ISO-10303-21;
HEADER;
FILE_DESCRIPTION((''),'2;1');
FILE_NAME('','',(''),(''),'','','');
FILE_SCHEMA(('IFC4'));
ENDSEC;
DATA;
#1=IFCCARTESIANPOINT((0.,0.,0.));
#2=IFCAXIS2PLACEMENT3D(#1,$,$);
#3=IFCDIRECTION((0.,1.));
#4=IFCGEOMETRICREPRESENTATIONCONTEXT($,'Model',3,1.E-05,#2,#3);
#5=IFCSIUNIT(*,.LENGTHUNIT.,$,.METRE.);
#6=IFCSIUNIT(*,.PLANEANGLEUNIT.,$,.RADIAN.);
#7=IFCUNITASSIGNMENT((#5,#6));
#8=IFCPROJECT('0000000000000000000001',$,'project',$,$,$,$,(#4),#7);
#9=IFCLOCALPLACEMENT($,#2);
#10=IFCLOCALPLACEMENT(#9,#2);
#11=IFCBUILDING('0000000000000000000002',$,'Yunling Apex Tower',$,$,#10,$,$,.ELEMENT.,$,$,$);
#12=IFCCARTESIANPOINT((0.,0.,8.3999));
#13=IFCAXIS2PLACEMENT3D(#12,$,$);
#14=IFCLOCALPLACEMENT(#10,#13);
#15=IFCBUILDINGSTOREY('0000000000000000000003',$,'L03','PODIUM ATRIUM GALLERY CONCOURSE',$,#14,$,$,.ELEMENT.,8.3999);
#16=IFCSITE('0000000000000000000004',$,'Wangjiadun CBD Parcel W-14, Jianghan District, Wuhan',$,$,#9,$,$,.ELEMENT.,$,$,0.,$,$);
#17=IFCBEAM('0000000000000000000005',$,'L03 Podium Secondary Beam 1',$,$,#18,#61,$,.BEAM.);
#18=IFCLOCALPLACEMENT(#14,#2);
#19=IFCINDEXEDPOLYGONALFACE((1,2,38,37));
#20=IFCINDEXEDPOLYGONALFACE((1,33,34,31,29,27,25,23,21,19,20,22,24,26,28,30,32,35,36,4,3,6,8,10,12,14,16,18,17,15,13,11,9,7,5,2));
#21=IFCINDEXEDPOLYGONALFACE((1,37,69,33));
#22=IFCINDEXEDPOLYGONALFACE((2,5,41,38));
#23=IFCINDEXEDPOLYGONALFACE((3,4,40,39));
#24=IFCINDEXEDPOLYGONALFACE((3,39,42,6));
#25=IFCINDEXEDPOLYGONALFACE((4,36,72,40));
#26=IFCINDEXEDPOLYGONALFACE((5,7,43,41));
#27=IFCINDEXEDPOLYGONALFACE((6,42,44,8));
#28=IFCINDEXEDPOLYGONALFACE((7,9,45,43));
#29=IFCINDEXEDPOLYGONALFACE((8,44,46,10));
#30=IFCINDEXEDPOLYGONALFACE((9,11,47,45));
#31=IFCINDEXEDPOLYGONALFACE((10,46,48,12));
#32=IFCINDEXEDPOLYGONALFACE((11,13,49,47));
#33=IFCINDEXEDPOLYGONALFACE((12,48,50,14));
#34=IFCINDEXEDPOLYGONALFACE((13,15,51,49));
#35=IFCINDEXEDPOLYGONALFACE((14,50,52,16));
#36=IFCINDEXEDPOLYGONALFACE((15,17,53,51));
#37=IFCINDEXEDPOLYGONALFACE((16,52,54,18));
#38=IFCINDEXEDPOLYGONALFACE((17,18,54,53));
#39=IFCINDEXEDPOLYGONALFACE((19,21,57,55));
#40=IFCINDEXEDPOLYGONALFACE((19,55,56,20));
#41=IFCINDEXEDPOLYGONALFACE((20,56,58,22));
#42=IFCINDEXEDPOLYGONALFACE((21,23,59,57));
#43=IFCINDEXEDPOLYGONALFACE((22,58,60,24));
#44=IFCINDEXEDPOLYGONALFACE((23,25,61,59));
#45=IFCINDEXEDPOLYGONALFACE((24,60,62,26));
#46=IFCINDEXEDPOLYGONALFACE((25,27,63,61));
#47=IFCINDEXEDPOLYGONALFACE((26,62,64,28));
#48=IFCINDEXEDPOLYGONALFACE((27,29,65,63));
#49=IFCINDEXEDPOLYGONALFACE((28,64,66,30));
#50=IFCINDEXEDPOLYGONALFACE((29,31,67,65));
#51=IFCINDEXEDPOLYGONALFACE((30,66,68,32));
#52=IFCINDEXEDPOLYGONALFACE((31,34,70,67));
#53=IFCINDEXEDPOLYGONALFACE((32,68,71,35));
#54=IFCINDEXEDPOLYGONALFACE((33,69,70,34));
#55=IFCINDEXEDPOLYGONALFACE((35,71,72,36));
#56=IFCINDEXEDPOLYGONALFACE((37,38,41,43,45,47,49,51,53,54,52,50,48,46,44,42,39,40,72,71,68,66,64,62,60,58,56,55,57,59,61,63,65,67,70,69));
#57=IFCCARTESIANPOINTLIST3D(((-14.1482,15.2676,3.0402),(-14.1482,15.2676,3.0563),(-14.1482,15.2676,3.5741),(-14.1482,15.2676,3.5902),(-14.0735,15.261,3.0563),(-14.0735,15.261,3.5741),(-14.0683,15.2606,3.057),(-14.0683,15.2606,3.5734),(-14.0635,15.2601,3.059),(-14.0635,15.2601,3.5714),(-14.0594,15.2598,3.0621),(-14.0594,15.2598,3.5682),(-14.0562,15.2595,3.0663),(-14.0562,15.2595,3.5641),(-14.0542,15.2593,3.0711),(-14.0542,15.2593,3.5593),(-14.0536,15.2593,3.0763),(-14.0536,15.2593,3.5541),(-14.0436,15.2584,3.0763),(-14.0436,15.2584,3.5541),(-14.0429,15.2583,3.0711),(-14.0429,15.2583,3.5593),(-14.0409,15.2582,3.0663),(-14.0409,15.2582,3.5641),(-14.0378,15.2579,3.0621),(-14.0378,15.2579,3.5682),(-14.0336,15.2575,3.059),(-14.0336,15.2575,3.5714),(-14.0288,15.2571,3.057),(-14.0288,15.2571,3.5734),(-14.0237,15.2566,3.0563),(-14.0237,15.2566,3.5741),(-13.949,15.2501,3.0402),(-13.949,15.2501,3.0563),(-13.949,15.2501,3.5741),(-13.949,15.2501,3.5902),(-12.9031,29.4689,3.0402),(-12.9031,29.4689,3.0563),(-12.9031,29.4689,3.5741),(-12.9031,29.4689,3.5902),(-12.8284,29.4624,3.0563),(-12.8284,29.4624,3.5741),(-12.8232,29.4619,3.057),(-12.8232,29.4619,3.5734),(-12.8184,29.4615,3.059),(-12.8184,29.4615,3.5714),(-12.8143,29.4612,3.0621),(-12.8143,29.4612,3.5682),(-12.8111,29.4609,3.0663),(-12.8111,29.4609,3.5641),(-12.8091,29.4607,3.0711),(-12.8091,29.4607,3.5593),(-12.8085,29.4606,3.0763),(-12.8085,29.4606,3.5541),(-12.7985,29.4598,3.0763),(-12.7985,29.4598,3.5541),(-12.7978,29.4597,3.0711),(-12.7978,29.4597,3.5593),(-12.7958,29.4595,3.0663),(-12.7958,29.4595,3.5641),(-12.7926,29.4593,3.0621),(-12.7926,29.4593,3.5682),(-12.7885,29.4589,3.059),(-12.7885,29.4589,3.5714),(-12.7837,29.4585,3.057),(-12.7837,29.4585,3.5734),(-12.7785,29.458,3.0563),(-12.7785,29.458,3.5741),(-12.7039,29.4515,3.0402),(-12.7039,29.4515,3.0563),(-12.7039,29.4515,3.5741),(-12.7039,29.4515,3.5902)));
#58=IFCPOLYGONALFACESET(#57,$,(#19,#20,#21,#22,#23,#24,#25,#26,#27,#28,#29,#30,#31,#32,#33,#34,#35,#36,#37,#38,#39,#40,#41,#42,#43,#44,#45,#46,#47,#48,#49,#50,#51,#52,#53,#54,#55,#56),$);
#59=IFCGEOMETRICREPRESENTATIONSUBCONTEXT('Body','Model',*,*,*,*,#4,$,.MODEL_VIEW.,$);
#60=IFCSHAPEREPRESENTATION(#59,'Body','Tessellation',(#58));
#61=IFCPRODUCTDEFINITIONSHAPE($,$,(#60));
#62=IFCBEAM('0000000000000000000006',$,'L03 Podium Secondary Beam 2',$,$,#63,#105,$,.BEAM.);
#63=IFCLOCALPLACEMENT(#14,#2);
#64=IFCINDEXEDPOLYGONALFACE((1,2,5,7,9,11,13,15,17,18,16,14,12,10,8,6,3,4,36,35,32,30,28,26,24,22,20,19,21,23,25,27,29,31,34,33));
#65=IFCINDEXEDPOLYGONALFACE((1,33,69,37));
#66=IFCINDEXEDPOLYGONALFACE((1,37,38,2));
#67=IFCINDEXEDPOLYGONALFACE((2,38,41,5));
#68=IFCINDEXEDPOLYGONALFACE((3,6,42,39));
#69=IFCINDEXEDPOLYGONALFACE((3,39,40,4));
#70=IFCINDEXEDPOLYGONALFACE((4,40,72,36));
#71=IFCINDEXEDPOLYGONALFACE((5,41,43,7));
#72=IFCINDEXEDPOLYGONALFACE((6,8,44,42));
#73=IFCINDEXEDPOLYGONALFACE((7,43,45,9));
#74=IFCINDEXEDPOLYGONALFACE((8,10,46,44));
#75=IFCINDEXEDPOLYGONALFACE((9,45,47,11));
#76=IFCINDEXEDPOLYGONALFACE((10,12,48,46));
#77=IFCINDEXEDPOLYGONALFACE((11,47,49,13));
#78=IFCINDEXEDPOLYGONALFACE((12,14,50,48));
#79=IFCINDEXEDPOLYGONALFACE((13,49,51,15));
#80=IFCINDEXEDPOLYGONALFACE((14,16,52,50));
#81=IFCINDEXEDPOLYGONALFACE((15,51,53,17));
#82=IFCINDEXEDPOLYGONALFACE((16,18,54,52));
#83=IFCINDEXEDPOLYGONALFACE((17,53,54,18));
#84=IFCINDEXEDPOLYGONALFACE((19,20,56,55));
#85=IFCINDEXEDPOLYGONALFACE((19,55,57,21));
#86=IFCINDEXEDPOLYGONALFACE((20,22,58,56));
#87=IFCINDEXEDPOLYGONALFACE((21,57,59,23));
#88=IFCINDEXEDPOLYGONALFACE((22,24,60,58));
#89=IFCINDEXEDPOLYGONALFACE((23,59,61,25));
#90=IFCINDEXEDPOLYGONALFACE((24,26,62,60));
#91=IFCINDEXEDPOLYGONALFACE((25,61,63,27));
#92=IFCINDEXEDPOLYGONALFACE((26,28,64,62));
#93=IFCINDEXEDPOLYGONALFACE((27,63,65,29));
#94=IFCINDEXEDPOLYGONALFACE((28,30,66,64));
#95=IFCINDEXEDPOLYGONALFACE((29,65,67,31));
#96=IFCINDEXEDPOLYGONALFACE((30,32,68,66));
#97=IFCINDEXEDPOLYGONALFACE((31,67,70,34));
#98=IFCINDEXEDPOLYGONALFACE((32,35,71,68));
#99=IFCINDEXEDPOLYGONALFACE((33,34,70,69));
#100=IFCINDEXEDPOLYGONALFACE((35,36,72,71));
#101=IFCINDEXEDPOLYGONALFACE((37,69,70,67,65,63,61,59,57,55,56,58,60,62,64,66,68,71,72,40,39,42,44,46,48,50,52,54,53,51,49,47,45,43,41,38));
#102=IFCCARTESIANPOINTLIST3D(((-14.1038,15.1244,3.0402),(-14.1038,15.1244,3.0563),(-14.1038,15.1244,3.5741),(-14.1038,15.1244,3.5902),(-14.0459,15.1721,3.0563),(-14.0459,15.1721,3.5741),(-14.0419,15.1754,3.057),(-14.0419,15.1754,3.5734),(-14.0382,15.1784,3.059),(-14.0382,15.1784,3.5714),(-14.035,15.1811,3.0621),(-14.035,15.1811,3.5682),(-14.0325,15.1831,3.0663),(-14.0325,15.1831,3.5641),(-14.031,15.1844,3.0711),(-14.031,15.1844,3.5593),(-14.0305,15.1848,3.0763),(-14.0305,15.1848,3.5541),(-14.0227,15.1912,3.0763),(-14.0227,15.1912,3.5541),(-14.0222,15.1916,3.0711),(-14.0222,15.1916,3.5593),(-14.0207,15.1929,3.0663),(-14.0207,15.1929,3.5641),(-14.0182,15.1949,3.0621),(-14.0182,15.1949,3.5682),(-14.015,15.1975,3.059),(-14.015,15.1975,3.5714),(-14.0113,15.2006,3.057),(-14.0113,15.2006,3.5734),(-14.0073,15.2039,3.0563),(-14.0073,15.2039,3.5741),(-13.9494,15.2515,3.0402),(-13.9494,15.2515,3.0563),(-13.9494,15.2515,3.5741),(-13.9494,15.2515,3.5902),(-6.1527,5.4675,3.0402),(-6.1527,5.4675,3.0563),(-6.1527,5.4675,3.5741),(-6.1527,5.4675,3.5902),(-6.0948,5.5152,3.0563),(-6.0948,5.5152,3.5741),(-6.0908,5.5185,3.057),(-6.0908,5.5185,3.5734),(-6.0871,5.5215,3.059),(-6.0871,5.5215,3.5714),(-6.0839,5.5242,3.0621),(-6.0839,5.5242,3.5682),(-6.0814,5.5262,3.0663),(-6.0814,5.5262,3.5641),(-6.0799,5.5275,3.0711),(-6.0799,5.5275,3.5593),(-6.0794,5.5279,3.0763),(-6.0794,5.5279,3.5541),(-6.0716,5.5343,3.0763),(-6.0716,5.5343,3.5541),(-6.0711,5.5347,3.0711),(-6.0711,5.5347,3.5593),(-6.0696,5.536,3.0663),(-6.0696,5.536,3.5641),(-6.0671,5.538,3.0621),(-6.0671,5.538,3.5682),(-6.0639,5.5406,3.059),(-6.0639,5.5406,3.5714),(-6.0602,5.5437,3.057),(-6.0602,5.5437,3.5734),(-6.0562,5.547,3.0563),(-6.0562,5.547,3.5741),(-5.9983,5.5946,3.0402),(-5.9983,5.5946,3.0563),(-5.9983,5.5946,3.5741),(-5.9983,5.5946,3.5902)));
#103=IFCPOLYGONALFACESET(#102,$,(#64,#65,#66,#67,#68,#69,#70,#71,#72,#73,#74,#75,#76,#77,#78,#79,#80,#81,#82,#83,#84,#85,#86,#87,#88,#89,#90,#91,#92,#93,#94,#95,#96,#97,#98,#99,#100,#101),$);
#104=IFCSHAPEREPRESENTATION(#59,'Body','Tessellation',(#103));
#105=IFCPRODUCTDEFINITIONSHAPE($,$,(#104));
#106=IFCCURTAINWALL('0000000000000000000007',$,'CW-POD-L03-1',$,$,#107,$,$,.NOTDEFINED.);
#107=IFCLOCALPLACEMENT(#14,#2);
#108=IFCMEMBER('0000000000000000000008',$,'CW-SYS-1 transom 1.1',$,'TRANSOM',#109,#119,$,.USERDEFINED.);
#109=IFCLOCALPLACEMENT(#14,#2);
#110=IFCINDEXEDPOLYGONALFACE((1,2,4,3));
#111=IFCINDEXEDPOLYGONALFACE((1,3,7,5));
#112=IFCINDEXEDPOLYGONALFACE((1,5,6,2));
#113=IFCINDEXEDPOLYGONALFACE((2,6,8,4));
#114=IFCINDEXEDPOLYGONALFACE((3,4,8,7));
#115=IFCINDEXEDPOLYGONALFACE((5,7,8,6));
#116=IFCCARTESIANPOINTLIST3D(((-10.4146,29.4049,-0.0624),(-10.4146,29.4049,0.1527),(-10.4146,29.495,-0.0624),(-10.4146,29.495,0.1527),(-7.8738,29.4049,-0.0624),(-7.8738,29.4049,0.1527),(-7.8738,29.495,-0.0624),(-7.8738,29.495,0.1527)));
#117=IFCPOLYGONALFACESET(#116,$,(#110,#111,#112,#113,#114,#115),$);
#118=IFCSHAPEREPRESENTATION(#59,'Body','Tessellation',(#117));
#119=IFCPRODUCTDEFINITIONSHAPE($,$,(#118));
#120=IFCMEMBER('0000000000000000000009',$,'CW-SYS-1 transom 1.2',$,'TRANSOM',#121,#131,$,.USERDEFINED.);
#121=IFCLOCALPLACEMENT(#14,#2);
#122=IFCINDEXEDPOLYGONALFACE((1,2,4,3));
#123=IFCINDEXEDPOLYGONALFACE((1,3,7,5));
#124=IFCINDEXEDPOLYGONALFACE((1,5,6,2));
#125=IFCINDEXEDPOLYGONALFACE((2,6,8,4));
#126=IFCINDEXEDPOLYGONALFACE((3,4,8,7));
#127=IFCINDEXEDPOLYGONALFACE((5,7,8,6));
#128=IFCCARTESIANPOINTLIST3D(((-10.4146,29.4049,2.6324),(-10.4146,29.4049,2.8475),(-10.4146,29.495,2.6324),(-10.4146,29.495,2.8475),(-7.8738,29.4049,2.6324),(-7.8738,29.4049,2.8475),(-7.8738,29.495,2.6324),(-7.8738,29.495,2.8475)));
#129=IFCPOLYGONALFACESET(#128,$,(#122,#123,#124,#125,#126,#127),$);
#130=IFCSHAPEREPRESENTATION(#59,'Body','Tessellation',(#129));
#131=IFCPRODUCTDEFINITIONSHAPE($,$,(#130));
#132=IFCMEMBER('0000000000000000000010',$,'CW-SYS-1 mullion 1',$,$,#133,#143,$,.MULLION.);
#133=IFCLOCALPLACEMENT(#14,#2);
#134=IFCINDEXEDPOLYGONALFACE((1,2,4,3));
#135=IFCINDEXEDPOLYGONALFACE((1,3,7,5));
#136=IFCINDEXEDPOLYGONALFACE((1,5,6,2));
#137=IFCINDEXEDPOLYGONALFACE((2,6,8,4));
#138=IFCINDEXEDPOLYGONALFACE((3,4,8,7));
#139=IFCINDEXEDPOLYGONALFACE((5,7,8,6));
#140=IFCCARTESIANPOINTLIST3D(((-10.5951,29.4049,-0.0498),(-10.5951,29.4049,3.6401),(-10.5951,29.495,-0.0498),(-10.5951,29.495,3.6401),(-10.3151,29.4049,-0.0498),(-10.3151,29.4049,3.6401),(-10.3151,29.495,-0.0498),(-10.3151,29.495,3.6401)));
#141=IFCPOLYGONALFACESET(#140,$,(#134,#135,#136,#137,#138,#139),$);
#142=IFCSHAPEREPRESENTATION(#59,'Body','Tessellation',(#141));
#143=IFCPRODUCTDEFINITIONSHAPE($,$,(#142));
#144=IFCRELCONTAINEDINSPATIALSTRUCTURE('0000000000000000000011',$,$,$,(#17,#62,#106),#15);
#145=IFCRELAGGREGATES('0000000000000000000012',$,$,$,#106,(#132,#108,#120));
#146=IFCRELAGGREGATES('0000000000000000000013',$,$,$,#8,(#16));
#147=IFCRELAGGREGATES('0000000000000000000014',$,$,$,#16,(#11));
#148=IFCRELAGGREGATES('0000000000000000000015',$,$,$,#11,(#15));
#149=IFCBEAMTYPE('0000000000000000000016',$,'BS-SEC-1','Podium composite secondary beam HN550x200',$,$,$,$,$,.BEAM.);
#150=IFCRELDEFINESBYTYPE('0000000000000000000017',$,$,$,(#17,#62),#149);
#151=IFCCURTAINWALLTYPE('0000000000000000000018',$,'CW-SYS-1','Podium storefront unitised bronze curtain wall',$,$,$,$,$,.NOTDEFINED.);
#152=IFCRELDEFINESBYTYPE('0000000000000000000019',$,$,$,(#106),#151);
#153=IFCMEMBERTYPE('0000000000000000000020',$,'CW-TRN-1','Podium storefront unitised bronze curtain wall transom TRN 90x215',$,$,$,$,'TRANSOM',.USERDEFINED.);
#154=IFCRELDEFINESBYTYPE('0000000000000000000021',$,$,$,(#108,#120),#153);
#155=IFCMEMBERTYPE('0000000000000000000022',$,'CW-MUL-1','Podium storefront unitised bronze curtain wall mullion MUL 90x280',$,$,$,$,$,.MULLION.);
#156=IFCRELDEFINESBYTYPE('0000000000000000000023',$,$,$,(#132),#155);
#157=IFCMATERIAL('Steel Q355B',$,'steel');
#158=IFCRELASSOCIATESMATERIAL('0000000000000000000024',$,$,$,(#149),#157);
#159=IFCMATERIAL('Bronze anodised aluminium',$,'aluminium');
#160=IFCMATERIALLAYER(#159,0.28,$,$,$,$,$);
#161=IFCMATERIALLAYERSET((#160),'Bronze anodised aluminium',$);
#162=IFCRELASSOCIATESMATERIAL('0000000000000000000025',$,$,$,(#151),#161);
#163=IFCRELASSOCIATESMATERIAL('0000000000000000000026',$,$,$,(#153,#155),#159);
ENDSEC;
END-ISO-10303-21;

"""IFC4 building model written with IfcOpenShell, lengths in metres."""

from ifc_helpers import new_model, si_unit, direction, frame, origin, origin_2d, place, context, subcontext, project, spatial, rectangle, i_section, extrude, source, transform, mapped, material, layer, layer_set, material_profile, profile_set, type_object, element, aggregate, save


model = new_model("IFC4")

# Units and contexts
model_context = context("Model", 3, precision=1e-05, world=origin(), true_north=direction((0.0, 1.0)))
body_context = subcontext(model_context, "Body", "Model", "MODEL_VIEW")
ifc_project = project(units=[si_unit("LENGTHUNIT", "METRE"), si_unit("PLANEANGLEUNIT", "RADIAN")], contexts=[model_context])

# Site, building, storey
site_placement = place(None, origin())
site = spatial("IfcSite", under=ifc_project, at=site_placement, Name="Wangjiadun CBD Parcel W-14, Jianghan District, Wuhan", CompositionType="ELEMENT", RefElevation=0.0)
building_placement = place(site_placement, origin())
building = spatial("IfcBuilding", under=site, at=building_placement, Name="Yunling Apex Tower", CompositionType="ELEMENT")
storey_placement = place(building_placement, frame((0.0, 0.0, 8.3999)))
storey = spatial("IfcBuildingStorey", under=building, at=storey_placement, Name="L03", Description="PODIUM ATRIUM GALLERY CONCOURSE", CompositionType="ELEMENT", Elevation=8.3999)

# Beams
ifc_material_1 = material(Name="Steel Q355B", Category="steel")
ifc_material_profile_1 = material_profile(ifc_material_1, i_section(OverallWidth=0.2, OverallDepth=0.55, WebThickness=0.01, FlangeThickness=0.0161, FilletRadius=0.02, at=origin_2d()))
ifc_profile_set_1 = profile_set([ifc_material_profile_1], Name="Steel Q355B")
beam_type_1 = type_object("IfcBeamType", Name="BS-SEC-1", Description="Podium composite secondary beam HN550x200", PredefinedType="BEAM", material=ifc_profile_set_1)
shared_shape_1 = source(origin(), body_context, "Body", "SweptSolid", [
    extrude(i_section(OverallWidth=0.2, OverallDepth=0.55, WebThickness=0.01, FlangeThickness=0.0161, FilletRadius=0.02, at=origin_2d()), origin(), (0.0, 0.0, 1.0), 14.2559),
])
beam_1_placement = place(storey_placement, frame((-12.8035, 29.4602, 3.3152), z_axis=(-0.087341, -0.996179, 0.0), x_axis=(0.996179, -0.087341, 0.0)))
element("IfcBeam", 1, at=beam_1_placement, inside=storey, type_object=beam_type_1, Name="L03 Podium Secondary Beam 1", PredefinedType="BEAM", context=body_context, shape_type="MappedRepresentation", body=[
    mapped(shared_shape_1, transform((0.0, 0.0, 0.0), scale=1.0)),
])
shared_shape_2 = source(origin(), body_context, "Body", "SweptSolid", [
    extrude(i_section(OverallWidth=0.2, OverallDepth=0.55, WebThickness=0.01, FlangeThickness=0.0161, FilletRadius=0.02, at=origin_2d()), origin(), (0.0, 0.0, 1.0), 12.509),
])
beam_2_placement = place(storey_placement, frame((-14.0266, 15.188, 3.3152), z_axis=(0.635629, -0.771994, 0.0), x_axis=(0.771994, 0.635629, 0.0)))
element("IfcBeam", 2, at=beam_2_placement, inside=storey, type_object=beam_type_1, Name="L03 Podium Secondary Beam 2", PredefinedType="BEAM", context=body_context, shape_type="MappedRepresentation", body=[
    mapped(shared_shape_2, transform((0.0, 0.0, 0.0), scale=1.0)),
])

# Curtain wall, members
ifc_material_2 = material(Name="Bronze anodised aluminium", Category="aluminium")
ifc_layer_1 = layer(ifc_material_2, 0.28)
ifc_layer_set_1 = layer_set([ifc_layer_1], Name="Bronze anodised aluminium")
curtain_wall_type = type_object("IfcCurtainWallType", Name="CW-SYS-1", Description="Podium storefront unitised bronze curtain wall", PredefinedType="NOTDEFINED", material=ifc_layer_set_1)
curtain_wall_placement = place(storey_placement, origin())
curtain_wall = element("IfcCurtainWall", 3, at=curtain_wall_placement, inside=storey, type_object=curtain_wall_type, Name="CW-POD-L03-1", PredefinedType="NOTDEFINED")
ifc_material_profile_2 = material_profile(ifc_material_2, rectangle(XDim=0.0901, YDim=0.2151, at=origin_2d()))
ifc_profile_set_2 = profile_set([ifc_material_profile_2], Name="Bronze anodised aluminium")
member_type_1 = type_object("IfcMemberType", Name="CW-TRN-1", Description="Podium storefront unitised bronze curtain wall transom TRN 90x215", ElementType="TRANSOM", PredefinedType="USERDEFINED", material=ifc_profile_set_2)
shared_shape_3 = source(origin(), body_context, "Body", "SweptSolid", [
    extrude(rectangle(XDim=0.0901, YDim=0.2151, at=origin_2d()), origin(), (0.0, 0.0, 1.0), 2.5408),
])
member_1_placement = place(storey_placement, frame((-10.4146, 29.45, 0.0452), z_axis=(1.0, 0.0, 0.0), x_axis=(0.0, 1.0, 0.0)))
member_1 = element("IfcMember", 4, at=member_1_placement, type_object=member_type_1, Name="CW-SYS-1 transom 1.1", ObjectType="TRANSOM", PredefinedType="USERDEFINED", context=body_context, shape_type="MappedRepresentation", body=[
    mapped(shared_shape_3, transform((0.0, 0.0, 0.0), scale=1.0)),
])
member_2_placement = place(storey_placement, frame((-10.4146, 29.45, 2.74), z_axis=(1.0, 0.0, 0.0), x_axis=(0.0, 1.0, 0.0)))
member_2 = element("IfcMember", 5, at=member_2_placement, type_object=member_type_1, Name="CW-SYS-1 transom 1.2", ObjectType="TRANSOM", PredefinedType="USERDEFINED", context=body_context, shape_type="MappedRepresentation", body=[
    mapped(shared_shape_3, transform((0.0, 0.0, 0.0), scale=1.0)),
])
ifc_material_profile_3 = material_profile(ifc_material_2, rectangle(XDim=0.0901, YDim=0.28, at=origin_2d()))
ifc_profile_set_3 = profile_set([ifc_material_profile_3], Name="Bronze anodised aluminium")
member_type_2 = type_object("IfcMemberType", Name="CW-MUL-1", Description="Podium storefront unitised bronze curtain wall mullion MUL 90x280", PredefinedType="MULLION", material=ifc_profile_set_3)
shared_shape_4 = source(origin(), body_context, "Body", "SweptSolid", [
    extrude(rectangle(XDim=0.0901, YDim=0.28, at=origin_2d()), origin(), (0.0, 0.0, 1.0), 3.6899),
])
member_3_placement = place(storey_placement, frame((-10.4551, 29.45, -0.0498), z_axis=(0.0, 0.0, 1.0), x_axis=(0.0, 1.0, 0.0)))
member_3 = element("IfcMember", 6, at=member_3_placement, type_object=member_type_2, Name="CW-SYS-1 mullion 1", PredefinedType="MULLION", context=body_context, shape_type="MappedRepresentation", body=[
    mapped(shared_shape_4, transform((0.0, 0.0, 0.0), scale=1.0)),
])
aggregate(curtain_wall, [member_3, member_1, member_2])

save(model, "model.ifc")
